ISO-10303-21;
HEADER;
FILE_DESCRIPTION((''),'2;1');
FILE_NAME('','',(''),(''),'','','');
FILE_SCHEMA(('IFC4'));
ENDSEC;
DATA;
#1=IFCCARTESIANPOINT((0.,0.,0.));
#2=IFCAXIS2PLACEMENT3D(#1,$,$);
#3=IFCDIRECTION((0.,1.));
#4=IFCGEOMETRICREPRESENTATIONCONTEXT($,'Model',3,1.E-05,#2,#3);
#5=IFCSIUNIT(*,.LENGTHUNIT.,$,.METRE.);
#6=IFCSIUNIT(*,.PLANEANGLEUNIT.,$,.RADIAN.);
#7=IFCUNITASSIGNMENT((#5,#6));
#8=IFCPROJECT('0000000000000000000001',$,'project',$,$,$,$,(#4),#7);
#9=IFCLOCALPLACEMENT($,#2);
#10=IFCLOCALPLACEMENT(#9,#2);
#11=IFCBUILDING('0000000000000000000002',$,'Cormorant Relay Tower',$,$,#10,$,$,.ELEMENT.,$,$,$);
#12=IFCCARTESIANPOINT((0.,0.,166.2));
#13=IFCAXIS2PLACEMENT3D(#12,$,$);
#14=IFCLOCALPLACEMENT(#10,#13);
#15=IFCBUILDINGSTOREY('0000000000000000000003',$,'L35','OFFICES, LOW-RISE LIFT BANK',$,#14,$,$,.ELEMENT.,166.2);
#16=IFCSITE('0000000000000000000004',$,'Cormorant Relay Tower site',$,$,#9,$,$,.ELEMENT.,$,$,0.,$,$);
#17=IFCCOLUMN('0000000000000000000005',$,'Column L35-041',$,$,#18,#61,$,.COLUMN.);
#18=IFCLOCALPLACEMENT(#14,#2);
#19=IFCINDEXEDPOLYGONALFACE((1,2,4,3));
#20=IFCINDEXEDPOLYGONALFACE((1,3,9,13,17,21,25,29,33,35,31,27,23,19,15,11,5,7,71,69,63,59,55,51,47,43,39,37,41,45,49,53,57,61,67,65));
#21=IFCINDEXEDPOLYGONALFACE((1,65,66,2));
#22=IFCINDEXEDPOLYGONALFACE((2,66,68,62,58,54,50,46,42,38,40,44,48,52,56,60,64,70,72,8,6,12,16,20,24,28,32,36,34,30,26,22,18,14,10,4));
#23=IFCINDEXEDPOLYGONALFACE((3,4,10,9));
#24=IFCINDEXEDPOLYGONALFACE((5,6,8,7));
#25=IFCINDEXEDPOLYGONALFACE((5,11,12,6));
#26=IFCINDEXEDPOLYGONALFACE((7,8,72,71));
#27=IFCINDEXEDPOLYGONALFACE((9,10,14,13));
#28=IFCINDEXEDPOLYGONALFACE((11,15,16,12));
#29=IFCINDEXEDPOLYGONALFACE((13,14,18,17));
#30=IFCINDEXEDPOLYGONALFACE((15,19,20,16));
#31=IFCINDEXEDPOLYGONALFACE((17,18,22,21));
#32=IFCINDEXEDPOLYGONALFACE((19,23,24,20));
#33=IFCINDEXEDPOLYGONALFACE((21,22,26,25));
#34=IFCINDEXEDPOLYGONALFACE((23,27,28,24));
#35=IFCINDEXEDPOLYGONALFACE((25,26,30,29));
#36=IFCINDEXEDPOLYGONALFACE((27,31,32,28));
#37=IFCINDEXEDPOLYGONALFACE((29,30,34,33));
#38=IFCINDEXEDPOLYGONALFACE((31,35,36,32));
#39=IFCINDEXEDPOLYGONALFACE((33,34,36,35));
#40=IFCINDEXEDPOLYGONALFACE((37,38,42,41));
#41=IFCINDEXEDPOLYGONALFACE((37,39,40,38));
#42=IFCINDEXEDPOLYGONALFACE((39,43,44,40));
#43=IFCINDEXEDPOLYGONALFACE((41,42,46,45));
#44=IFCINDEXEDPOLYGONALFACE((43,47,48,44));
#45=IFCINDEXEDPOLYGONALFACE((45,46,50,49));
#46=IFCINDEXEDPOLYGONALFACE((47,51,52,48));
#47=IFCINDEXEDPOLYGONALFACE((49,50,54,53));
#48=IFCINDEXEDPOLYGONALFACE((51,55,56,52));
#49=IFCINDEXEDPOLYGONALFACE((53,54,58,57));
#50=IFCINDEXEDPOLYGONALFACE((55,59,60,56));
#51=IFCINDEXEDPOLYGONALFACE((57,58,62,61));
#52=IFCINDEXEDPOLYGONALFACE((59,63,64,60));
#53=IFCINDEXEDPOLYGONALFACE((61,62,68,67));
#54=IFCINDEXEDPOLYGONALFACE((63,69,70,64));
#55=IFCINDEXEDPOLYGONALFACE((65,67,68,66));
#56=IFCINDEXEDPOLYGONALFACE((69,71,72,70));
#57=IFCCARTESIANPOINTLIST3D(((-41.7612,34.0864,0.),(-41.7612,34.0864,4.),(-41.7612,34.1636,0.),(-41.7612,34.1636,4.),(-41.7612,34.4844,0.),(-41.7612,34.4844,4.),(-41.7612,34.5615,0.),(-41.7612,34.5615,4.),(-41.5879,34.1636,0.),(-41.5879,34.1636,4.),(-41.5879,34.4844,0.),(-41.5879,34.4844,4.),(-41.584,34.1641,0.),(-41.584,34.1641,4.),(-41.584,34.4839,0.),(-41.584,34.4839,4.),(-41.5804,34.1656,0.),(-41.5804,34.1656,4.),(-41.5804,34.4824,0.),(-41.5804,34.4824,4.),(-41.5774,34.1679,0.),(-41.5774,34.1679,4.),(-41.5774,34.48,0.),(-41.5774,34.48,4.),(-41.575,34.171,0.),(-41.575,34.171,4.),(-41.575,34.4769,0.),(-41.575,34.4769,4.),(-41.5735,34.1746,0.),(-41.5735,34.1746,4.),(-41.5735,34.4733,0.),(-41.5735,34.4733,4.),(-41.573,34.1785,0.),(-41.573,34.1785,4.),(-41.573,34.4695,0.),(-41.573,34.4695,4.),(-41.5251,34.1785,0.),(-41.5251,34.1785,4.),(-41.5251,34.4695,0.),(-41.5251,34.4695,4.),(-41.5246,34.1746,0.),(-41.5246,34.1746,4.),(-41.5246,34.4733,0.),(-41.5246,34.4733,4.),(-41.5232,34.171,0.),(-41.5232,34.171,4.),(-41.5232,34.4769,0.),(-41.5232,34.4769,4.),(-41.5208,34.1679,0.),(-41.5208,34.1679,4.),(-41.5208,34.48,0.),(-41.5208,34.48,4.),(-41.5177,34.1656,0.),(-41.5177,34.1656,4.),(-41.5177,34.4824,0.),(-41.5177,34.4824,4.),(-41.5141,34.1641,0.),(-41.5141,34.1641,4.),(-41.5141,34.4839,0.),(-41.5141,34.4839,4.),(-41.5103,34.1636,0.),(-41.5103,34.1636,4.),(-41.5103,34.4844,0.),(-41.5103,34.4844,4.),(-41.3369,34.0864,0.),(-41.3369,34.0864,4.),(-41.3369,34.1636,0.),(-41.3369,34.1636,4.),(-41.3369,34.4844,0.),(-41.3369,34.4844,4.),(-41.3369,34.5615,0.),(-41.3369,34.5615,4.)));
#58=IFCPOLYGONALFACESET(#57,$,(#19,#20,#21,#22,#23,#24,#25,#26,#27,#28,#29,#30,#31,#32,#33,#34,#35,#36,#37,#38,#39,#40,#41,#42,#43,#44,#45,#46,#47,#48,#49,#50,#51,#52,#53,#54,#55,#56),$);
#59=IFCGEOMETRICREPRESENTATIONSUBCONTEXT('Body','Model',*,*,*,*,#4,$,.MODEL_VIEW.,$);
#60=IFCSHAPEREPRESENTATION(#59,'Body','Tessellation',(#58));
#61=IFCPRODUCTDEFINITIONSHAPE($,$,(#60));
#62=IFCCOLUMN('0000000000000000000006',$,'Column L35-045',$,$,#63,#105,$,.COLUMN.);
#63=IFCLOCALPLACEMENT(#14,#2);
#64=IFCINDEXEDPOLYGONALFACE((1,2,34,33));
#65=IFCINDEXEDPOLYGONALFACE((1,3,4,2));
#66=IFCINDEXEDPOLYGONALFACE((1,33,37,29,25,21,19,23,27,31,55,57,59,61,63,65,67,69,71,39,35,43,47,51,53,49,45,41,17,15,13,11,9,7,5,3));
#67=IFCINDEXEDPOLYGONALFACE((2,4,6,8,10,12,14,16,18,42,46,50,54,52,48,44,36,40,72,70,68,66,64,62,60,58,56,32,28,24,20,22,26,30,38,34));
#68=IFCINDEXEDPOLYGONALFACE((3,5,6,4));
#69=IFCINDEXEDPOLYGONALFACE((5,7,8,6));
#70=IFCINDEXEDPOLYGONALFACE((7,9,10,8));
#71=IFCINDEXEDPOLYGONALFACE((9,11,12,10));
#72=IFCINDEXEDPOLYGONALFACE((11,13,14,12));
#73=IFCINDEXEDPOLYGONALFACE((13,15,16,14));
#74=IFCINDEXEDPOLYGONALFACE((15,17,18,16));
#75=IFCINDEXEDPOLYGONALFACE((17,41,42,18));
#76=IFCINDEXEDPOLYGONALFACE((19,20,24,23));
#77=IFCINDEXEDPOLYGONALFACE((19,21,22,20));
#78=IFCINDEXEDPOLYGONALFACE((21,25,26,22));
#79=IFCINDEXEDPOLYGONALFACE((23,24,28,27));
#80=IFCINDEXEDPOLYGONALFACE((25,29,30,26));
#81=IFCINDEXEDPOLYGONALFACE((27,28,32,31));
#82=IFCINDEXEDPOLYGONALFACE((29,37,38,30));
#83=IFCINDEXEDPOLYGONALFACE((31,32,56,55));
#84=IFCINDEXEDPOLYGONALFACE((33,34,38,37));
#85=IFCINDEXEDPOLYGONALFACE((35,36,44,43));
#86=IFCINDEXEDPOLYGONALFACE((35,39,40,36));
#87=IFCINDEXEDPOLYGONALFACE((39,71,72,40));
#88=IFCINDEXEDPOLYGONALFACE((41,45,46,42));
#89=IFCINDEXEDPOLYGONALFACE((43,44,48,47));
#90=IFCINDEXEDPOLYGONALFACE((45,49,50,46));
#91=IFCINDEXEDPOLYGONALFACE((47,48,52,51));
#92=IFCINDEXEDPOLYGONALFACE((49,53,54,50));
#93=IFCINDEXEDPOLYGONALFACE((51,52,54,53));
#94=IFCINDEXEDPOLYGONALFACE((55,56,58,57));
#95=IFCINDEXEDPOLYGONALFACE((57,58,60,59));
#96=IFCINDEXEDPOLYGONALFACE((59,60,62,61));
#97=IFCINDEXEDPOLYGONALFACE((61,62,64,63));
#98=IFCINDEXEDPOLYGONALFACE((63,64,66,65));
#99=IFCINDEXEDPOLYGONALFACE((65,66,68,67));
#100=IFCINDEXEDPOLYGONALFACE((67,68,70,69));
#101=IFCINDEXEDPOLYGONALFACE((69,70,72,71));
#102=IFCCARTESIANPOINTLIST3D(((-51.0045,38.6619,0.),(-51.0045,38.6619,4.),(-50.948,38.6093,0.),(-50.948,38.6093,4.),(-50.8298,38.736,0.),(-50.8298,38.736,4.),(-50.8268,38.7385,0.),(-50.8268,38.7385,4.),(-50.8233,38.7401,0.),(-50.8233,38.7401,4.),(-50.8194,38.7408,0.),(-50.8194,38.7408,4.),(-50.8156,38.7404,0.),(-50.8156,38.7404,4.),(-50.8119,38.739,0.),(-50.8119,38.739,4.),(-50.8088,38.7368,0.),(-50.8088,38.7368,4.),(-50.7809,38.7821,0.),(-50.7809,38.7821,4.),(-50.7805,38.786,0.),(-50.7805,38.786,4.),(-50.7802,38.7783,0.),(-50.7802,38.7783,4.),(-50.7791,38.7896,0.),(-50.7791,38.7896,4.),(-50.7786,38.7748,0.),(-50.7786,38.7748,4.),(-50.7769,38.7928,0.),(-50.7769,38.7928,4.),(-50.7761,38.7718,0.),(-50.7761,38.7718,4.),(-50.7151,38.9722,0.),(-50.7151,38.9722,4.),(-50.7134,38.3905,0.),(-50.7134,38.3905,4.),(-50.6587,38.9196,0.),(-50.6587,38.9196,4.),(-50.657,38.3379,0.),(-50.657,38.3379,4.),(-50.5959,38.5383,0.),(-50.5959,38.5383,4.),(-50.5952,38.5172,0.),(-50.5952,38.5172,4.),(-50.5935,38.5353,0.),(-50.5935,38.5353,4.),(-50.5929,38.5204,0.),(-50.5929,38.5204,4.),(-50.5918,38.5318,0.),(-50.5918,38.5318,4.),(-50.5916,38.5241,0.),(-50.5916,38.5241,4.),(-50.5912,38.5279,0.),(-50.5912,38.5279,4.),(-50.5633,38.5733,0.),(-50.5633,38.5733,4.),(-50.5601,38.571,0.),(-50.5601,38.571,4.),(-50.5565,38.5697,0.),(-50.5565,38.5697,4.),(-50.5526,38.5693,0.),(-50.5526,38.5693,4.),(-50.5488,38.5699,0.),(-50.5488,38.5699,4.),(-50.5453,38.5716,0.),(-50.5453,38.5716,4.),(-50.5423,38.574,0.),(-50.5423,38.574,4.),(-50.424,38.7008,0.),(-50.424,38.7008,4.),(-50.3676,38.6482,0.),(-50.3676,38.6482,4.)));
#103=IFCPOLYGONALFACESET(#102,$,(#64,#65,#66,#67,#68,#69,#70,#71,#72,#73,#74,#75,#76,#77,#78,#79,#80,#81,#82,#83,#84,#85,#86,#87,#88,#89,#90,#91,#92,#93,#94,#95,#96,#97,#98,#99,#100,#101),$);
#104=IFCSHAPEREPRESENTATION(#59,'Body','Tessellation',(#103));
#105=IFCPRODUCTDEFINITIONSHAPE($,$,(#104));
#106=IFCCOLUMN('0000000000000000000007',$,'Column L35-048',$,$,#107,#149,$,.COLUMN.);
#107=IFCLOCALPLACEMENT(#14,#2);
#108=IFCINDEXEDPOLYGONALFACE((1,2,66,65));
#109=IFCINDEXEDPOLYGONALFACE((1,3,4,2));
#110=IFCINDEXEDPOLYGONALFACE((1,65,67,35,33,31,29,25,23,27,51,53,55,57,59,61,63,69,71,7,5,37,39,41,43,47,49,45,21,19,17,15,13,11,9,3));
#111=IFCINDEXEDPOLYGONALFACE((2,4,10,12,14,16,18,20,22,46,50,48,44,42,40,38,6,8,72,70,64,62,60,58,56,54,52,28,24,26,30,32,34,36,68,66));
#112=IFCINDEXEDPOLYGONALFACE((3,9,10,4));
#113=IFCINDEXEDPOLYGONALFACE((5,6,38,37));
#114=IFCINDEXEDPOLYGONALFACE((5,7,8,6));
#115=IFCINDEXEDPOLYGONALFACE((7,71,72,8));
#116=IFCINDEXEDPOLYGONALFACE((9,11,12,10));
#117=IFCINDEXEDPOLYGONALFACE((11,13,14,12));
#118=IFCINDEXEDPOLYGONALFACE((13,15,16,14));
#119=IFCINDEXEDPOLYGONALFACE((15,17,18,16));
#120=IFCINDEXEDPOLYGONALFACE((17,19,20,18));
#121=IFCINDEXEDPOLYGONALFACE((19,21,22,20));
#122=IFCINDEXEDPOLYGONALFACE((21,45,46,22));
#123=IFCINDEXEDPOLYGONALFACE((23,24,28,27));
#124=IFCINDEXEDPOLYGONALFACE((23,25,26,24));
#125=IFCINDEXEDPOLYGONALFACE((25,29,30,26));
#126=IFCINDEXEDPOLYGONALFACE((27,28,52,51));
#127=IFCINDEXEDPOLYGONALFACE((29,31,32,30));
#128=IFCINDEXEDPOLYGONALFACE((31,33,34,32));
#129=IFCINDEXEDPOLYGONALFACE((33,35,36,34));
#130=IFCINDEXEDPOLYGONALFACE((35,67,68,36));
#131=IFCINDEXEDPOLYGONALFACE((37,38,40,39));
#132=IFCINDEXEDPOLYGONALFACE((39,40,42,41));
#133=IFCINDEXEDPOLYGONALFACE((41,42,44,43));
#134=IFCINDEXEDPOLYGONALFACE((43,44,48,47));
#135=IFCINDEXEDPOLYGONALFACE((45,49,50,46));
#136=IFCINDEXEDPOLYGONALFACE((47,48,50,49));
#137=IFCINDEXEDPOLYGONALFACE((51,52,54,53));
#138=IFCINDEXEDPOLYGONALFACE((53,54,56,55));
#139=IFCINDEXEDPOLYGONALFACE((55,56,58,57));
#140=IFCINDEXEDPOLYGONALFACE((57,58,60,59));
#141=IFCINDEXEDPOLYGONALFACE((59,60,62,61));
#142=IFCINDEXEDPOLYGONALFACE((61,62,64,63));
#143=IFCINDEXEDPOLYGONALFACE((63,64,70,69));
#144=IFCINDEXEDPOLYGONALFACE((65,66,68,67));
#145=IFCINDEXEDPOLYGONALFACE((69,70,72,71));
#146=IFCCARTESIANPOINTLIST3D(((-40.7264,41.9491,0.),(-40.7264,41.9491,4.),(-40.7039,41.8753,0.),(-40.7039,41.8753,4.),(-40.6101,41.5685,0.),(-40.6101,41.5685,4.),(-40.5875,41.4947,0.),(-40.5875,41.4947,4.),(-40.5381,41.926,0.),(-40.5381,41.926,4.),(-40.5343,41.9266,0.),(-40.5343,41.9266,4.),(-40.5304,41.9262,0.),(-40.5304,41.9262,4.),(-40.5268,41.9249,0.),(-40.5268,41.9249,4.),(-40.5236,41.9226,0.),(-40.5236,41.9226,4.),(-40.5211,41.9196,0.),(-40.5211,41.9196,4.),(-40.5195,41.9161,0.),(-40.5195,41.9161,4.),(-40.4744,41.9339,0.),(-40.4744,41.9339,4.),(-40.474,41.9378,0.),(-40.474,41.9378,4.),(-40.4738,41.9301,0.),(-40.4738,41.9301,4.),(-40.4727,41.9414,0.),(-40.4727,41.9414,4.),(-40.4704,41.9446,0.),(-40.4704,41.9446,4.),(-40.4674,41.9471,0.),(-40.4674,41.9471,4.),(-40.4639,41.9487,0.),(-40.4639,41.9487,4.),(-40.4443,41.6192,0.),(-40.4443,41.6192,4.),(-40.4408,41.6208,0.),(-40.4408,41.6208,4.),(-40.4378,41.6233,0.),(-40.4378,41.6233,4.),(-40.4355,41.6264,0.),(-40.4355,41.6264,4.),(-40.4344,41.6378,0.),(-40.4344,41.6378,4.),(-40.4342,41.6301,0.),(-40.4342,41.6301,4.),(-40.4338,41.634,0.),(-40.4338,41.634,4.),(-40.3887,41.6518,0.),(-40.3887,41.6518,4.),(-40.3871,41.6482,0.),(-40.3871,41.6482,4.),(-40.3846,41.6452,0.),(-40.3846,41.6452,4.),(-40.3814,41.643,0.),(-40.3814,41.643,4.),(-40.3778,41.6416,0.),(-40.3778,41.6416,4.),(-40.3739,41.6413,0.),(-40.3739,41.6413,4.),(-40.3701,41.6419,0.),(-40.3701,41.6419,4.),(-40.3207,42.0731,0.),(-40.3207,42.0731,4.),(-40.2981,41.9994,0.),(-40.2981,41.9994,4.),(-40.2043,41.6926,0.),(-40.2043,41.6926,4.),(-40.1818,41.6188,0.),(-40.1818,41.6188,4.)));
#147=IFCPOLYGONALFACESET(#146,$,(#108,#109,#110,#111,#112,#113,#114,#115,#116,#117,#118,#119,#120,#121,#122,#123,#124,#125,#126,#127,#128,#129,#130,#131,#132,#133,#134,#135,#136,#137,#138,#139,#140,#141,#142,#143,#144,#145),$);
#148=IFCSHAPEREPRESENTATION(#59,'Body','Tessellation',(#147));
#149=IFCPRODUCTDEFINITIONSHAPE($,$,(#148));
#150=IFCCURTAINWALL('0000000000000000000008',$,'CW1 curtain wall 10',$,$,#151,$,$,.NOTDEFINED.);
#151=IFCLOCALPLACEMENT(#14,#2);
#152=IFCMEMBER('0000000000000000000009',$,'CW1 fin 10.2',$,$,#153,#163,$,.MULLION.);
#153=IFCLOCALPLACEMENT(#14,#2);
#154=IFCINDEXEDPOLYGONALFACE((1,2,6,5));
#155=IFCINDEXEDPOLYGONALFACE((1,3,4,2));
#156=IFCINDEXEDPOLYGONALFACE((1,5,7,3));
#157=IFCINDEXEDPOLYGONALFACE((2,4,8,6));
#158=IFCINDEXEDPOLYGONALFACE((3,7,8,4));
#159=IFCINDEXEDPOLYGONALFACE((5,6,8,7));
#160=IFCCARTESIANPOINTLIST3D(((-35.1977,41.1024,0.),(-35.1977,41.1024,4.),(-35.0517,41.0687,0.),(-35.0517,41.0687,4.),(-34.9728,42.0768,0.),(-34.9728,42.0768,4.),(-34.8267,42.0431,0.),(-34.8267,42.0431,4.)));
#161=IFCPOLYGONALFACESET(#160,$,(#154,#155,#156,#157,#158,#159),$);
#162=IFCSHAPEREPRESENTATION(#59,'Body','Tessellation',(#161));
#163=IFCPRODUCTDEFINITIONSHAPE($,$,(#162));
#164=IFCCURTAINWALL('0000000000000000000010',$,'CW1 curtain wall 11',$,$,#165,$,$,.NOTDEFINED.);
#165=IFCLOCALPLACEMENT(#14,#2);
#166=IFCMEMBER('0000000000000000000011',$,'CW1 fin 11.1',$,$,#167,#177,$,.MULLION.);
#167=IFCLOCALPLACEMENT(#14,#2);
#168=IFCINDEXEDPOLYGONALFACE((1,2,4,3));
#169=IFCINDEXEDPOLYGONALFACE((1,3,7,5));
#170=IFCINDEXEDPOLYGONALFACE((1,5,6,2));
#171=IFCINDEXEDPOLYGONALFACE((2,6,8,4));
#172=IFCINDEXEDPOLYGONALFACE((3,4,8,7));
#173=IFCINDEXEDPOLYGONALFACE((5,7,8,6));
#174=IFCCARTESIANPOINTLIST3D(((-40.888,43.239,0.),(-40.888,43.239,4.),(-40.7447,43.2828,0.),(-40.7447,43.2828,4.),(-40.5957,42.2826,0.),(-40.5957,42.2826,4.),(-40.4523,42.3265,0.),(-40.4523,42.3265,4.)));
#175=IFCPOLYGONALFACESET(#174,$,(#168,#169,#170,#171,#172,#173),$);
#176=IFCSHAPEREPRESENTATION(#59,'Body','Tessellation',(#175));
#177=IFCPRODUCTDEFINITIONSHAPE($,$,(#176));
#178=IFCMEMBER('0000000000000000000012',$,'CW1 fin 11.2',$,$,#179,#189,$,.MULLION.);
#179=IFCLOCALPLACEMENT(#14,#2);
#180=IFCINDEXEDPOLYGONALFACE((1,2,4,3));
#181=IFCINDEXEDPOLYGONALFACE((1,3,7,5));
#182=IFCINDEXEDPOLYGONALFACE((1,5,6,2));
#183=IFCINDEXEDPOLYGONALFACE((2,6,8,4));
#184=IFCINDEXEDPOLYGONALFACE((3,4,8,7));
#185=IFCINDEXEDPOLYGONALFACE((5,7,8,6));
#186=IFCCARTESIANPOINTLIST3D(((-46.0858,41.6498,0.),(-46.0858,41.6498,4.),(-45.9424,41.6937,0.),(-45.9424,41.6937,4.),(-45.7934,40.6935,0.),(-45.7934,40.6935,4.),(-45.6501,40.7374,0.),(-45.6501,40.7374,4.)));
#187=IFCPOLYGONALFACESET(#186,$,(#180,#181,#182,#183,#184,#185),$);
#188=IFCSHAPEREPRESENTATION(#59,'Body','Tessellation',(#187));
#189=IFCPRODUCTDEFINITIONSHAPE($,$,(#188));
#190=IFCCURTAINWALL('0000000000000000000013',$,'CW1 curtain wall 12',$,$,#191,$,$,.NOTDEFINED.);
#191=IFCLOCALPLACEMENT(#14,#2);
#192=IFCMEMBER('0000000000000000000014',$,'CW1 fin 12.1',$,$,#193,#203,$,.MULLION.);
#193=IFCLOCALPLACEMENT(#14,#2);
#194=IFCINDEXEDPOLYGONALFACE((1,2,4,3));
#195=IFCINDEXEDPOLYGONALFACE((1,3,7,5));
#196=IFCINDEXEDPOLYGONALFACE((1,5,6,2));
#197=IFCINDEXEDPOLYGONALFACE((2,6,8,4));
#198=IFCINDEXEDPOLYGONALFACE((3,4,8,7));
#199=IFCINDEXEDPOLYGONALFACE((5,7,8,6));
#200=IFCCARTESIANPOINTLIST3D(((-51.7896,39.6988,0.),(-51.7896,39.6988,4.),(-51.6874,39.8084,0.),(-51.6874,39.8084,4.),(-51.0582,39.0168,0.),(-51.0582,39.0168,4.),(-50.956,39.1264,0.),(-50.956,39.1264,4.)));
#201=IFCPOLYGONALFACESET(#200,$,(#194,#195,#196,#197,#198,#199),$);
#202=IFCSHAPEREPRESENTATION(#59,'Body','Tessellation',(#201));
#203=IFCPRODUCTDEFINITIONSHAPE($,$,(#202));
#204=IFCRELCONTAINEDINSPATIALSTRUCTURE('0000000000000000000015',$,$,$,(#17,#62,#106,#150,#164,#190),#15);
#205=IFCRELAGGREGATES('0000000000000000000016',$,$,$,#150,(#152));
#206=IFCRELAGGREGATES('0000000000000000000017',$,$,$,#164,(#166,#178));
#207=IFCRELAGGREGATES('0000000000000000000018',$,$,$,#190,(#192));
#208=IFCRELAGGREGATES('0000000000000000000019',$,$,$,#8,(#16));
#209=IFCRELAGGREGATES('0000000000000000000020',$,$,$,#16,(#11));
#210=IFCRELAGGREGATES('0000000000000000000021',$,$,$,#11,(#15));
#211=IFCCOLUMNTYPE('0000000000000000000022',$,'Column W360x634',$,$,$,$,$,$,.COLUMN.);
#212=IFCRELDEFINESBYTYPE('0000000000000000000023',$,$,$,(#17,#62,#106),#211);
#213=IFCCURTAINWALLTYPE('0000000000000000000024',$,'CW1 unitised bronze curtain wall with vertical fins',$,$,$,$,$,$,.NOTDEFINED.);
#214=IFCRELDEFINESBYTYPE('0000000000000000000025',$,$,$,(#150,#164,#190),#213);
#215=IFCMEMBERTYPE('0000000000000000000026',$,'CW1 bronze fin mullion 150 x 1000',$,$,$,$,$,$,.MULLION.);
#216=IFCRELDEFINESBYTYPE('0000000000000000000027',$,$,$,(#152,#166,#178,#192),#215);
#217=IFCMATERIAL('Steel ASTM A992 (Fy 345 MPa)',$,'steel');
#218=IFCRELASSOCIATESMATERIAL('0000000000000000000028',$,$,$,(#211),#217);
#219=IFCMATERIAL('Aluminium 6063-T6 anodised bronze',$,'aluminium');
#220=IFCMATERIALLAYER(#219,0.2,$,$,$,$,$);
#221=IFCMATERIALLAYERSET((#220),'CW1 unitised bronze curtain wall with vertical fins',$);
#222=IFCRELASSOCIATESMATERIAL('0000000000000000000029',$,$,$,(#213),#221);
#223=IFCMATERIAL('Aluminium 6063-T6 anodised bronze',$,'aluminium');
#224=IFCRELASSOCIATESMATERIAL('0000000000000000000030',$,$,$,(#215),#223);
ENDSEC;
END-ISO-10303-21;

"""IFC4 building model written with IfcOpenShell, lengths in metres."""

from ifc_helpers import new_model, si_unit, direction, frame, origin, origin_2d, place, context, subcontext, project, spatial, rectangle, i_section, extrude, material, layer, layer_set, material_profile, profile_set, type_object, element, aggregate, save


model = new_model("IFC4")

# Units and contexts
model_context = context("Model", 3, precision=1e-05, world=origin(), true_north=direction((0.0, 1.0)))
body_context = subcontext(model_context, "Body", "Model", "MODEL_VIEW")
ifc_project = project(units=[si_unit("LENGTHUNIT", "METRE"), si_unit("PLANEANGLEUNIT", "RADIAN")], contexts=[model_context])

# Site, building, storey
site_placement = place(None, origin())
site = spatial("IfcSite", under=ifc_project, at=site_placement, Name="Cormorant Relay Tower site", CompositionType="ELEMENT", RefElevation=0.0)
building_placement = place(site_placement, origin())
building = spatial("IfcBuilding", under=site, at=building_placement, Name="Cormorant Relay Tower", CompositionType="ELEMENT")
storey_placement = place(building_placement, frame((0.0, 0.0, 166.2)))
storey = spatial("IfcBuildingStorey", under=building, at=storey_placement, Name="L35", Description="OFFICES, LOW-RISE LIFT BANK", CompositionType="ELEMENT", Elevation=166.2)

# Columns
ifc_material_1 = material(Name="Steel ASTM A992 (Fy 345 MPa)", Category="steel")
ifc_material_profile_1 = material_profile(ifc_material_1, i_section(OverallWidth=0.4243, OverallDepth=0.4751, WebThickness=0.0479, FlangeThickness=0.0771, FilletRadius=0.0149, at=origin_2d()), Name="W360x634")
ifc_profile_set_1 = profile_set([ifc_material_profile_1], Name="Steel ASTM A992 (Fy 345 MPa)")
column_type = type_object("IfcColumnType", Name="Column W360x634", PredefinedType="COLUMN", material=ifc_profile_set_1)
for number, where, z_axis, x_axis, name in (
    (1, (-41.5491, 34.324, 0.0), (0.0, 0.0, 1.0), (1.0, 0.0, 0.0), "Column L35-041"),
    (2, (-50.686, 38.655, 0.0), (0.0, 0.0, 1.0), (-0.681998, -0.731354, 0.0), "Column L35-045"),
    (3, (-40.4541, 41.7839, 0.0), (0.0, 0.0, 1.0), (-0.956305, -0.292372, 0.0), "Column L35-048"),
):
    element("IfcColumn", number, at=place(storey_placement, frame(where, z_axis=z_axis, x_axis=x_axis)), inside=storey, type_object=column_type, Name=name, PredefinedType="COLUMN", context=body_context, shape_type="SweptSolid", body=[
        extrude(i_section(OverallWidth=0.4243, OverallDepth=0.4751, WebThickness=0.0479, FlangeThickness=0.0771, FilletRadius=0.0149, at=origin_2d()), origin(), (0.0, 0.0, 1.0), 4.0),
    ])

# Curtain wall, member
ifc_material_2 = material(Name="Aluminium 6063-T6 anodised bronze", Category="aluminium")
ifc_layer_1 = layer(ifc_material_2, 0.2)
ifc_layer_set_1 = layer_set([ifc_layer_1], Name="CW1 unitised bronze curtain wall with vertical fins")
curtain_wall_type = type_object("IfcCurtainWallType", Name="CW1 unitised bronze curtain wall with vertical fins", PredefinedType="NOTDEFINED", material=ifc_layer_set_1)
curtain_wall_1_placement = place(storey_placement, origin())
curtain_wall_1 = element("IfcCurtainWall", 4, at=curtain_wall_1_placement, inside=storey, type_object=curtain_wall_type, Name="CW1 curtain wall 10", PredefinedType="NOTDEFINED")
ifc_material_3 = material(Name="Aluminium 6063-T6 anodised bronze", Category="aluminium")
ifc_material_profile_2 = material_profile(ifc_material_3, rectangle(XDim=0.1499, YDim=1.0, at=origin_2d()), Name="AL 150x1000")
ifc_profile_set_2 = profile_set([ifc_material_profile_2], Name="Aluminium 6063-T6 anodised bronze")
member_type_1 = type_object("IfcMemberType", Name="CW1 bronze fin mullion 150 x 1000", PredefinedType="MULLION", material=ifc_profile_set_2)
member_1_placement = place(storey_placement, frame((-35.0122, 41.5728, 0.0), z_axis=(0.0, 0.0, 1.0), x_axis=(-0.97437, 0.224951, 0.0)))
member_1 = element("IfcMember", 5, at=member_1_placement, type_object=member_type_1, Name="CW1 fin 10.2", PredefinedType="MULLION", context=body_context, shape_type="SweptSolid", body=[
    extrude(rectangle(XDim=0.1499, YDim=1.0, at=origin_2d()), origin(), (0.0, 0.0, 1.0), 4.0),
])

# Curtain walls, members
curtain_wall_2_placement = place(storey_placement, origin())
curtain_wall_2 = element("IfcCurtainWall", 6, at=curtain_wall_2_placement, inside=storey, type_object=curtain_wall_type, Name="CW1 curtain wall 11", PredefinedType="NOTDEFINED")
member_2_placement = place(storey_placement, frame((-40.6702, 42.7827, 0.0), z_axis=(0.0, 0.0, 1.0), x_axis=(-0.956305, -0.292372, 0.0)))
member_2 = element("IfcMember", 7, at=member_2_placement, type_object=member_type_1, Name="CW1 fin 11.1", PredefinedType="MULLION", context=body_context, shape_type="SweptSolid", body=[
    extrude(rectangle(XDim=0.1499, YDim=1.0, at=origin_2d()), origin(), (0.0, 0.0, 1.0), 4.0),
])
member_3_placement = place(storey_placement, frame((-45.8679, 41.1936, 0.0), z_axis=(0.0, 0.0, 1.0), x_axis=(-0.956305, -0.292372, 0.0)))
member_3 = element("IfcMember", 8, at=member_3_placement, type_object=member_type_1, Name="CW1 fin 11.2", PredefinedType="MULLION", context=body_context, shape_type="SweptSolid", body=[
    extrude(rectangle(XDim=0.1499, YDim=1.0, at=origin_2d()), origin(), (0.0, 0.0, 1.0), 4.0),
])
curtain_wall_3_placement = place(storey_placement, origin())
curtain_wall_3 = element("IfcCurtainWall", 9, at=curtain_wall_3_placement, inside=storey, type_object=curtain_wall_type, Name="CW1 curtain wall 12", PredefinedType="NOTDEFINED")
member_4_placement = place(storey_placement, frame((-51.3728, 39.4126, 0.0), z_axis=(0.0, 0.0, 1.0), x_axis=(-0.681998, -0.731354, 0.0)))
member_4 = element("IfcMember", 10, at=member_4_placement, type_object=member_type_1, Name="CW1 fin 12.1", PredefinedType="MULLION", context=body_context, shape_type="SweptSolid", body=[
    extrude(rectangle(XDim=0.1499, YDim=1.0, at=origin_2d()), origin(), (0.0, 0.0, 1.0), 4.0),
])

aggregate(curtain_wall_1, [member_1])
aggregate(curtain_wall_2, [member_2, member_3])
aggregate(curtain_wall_3, [member_4])

save(model, "model.ifc")
